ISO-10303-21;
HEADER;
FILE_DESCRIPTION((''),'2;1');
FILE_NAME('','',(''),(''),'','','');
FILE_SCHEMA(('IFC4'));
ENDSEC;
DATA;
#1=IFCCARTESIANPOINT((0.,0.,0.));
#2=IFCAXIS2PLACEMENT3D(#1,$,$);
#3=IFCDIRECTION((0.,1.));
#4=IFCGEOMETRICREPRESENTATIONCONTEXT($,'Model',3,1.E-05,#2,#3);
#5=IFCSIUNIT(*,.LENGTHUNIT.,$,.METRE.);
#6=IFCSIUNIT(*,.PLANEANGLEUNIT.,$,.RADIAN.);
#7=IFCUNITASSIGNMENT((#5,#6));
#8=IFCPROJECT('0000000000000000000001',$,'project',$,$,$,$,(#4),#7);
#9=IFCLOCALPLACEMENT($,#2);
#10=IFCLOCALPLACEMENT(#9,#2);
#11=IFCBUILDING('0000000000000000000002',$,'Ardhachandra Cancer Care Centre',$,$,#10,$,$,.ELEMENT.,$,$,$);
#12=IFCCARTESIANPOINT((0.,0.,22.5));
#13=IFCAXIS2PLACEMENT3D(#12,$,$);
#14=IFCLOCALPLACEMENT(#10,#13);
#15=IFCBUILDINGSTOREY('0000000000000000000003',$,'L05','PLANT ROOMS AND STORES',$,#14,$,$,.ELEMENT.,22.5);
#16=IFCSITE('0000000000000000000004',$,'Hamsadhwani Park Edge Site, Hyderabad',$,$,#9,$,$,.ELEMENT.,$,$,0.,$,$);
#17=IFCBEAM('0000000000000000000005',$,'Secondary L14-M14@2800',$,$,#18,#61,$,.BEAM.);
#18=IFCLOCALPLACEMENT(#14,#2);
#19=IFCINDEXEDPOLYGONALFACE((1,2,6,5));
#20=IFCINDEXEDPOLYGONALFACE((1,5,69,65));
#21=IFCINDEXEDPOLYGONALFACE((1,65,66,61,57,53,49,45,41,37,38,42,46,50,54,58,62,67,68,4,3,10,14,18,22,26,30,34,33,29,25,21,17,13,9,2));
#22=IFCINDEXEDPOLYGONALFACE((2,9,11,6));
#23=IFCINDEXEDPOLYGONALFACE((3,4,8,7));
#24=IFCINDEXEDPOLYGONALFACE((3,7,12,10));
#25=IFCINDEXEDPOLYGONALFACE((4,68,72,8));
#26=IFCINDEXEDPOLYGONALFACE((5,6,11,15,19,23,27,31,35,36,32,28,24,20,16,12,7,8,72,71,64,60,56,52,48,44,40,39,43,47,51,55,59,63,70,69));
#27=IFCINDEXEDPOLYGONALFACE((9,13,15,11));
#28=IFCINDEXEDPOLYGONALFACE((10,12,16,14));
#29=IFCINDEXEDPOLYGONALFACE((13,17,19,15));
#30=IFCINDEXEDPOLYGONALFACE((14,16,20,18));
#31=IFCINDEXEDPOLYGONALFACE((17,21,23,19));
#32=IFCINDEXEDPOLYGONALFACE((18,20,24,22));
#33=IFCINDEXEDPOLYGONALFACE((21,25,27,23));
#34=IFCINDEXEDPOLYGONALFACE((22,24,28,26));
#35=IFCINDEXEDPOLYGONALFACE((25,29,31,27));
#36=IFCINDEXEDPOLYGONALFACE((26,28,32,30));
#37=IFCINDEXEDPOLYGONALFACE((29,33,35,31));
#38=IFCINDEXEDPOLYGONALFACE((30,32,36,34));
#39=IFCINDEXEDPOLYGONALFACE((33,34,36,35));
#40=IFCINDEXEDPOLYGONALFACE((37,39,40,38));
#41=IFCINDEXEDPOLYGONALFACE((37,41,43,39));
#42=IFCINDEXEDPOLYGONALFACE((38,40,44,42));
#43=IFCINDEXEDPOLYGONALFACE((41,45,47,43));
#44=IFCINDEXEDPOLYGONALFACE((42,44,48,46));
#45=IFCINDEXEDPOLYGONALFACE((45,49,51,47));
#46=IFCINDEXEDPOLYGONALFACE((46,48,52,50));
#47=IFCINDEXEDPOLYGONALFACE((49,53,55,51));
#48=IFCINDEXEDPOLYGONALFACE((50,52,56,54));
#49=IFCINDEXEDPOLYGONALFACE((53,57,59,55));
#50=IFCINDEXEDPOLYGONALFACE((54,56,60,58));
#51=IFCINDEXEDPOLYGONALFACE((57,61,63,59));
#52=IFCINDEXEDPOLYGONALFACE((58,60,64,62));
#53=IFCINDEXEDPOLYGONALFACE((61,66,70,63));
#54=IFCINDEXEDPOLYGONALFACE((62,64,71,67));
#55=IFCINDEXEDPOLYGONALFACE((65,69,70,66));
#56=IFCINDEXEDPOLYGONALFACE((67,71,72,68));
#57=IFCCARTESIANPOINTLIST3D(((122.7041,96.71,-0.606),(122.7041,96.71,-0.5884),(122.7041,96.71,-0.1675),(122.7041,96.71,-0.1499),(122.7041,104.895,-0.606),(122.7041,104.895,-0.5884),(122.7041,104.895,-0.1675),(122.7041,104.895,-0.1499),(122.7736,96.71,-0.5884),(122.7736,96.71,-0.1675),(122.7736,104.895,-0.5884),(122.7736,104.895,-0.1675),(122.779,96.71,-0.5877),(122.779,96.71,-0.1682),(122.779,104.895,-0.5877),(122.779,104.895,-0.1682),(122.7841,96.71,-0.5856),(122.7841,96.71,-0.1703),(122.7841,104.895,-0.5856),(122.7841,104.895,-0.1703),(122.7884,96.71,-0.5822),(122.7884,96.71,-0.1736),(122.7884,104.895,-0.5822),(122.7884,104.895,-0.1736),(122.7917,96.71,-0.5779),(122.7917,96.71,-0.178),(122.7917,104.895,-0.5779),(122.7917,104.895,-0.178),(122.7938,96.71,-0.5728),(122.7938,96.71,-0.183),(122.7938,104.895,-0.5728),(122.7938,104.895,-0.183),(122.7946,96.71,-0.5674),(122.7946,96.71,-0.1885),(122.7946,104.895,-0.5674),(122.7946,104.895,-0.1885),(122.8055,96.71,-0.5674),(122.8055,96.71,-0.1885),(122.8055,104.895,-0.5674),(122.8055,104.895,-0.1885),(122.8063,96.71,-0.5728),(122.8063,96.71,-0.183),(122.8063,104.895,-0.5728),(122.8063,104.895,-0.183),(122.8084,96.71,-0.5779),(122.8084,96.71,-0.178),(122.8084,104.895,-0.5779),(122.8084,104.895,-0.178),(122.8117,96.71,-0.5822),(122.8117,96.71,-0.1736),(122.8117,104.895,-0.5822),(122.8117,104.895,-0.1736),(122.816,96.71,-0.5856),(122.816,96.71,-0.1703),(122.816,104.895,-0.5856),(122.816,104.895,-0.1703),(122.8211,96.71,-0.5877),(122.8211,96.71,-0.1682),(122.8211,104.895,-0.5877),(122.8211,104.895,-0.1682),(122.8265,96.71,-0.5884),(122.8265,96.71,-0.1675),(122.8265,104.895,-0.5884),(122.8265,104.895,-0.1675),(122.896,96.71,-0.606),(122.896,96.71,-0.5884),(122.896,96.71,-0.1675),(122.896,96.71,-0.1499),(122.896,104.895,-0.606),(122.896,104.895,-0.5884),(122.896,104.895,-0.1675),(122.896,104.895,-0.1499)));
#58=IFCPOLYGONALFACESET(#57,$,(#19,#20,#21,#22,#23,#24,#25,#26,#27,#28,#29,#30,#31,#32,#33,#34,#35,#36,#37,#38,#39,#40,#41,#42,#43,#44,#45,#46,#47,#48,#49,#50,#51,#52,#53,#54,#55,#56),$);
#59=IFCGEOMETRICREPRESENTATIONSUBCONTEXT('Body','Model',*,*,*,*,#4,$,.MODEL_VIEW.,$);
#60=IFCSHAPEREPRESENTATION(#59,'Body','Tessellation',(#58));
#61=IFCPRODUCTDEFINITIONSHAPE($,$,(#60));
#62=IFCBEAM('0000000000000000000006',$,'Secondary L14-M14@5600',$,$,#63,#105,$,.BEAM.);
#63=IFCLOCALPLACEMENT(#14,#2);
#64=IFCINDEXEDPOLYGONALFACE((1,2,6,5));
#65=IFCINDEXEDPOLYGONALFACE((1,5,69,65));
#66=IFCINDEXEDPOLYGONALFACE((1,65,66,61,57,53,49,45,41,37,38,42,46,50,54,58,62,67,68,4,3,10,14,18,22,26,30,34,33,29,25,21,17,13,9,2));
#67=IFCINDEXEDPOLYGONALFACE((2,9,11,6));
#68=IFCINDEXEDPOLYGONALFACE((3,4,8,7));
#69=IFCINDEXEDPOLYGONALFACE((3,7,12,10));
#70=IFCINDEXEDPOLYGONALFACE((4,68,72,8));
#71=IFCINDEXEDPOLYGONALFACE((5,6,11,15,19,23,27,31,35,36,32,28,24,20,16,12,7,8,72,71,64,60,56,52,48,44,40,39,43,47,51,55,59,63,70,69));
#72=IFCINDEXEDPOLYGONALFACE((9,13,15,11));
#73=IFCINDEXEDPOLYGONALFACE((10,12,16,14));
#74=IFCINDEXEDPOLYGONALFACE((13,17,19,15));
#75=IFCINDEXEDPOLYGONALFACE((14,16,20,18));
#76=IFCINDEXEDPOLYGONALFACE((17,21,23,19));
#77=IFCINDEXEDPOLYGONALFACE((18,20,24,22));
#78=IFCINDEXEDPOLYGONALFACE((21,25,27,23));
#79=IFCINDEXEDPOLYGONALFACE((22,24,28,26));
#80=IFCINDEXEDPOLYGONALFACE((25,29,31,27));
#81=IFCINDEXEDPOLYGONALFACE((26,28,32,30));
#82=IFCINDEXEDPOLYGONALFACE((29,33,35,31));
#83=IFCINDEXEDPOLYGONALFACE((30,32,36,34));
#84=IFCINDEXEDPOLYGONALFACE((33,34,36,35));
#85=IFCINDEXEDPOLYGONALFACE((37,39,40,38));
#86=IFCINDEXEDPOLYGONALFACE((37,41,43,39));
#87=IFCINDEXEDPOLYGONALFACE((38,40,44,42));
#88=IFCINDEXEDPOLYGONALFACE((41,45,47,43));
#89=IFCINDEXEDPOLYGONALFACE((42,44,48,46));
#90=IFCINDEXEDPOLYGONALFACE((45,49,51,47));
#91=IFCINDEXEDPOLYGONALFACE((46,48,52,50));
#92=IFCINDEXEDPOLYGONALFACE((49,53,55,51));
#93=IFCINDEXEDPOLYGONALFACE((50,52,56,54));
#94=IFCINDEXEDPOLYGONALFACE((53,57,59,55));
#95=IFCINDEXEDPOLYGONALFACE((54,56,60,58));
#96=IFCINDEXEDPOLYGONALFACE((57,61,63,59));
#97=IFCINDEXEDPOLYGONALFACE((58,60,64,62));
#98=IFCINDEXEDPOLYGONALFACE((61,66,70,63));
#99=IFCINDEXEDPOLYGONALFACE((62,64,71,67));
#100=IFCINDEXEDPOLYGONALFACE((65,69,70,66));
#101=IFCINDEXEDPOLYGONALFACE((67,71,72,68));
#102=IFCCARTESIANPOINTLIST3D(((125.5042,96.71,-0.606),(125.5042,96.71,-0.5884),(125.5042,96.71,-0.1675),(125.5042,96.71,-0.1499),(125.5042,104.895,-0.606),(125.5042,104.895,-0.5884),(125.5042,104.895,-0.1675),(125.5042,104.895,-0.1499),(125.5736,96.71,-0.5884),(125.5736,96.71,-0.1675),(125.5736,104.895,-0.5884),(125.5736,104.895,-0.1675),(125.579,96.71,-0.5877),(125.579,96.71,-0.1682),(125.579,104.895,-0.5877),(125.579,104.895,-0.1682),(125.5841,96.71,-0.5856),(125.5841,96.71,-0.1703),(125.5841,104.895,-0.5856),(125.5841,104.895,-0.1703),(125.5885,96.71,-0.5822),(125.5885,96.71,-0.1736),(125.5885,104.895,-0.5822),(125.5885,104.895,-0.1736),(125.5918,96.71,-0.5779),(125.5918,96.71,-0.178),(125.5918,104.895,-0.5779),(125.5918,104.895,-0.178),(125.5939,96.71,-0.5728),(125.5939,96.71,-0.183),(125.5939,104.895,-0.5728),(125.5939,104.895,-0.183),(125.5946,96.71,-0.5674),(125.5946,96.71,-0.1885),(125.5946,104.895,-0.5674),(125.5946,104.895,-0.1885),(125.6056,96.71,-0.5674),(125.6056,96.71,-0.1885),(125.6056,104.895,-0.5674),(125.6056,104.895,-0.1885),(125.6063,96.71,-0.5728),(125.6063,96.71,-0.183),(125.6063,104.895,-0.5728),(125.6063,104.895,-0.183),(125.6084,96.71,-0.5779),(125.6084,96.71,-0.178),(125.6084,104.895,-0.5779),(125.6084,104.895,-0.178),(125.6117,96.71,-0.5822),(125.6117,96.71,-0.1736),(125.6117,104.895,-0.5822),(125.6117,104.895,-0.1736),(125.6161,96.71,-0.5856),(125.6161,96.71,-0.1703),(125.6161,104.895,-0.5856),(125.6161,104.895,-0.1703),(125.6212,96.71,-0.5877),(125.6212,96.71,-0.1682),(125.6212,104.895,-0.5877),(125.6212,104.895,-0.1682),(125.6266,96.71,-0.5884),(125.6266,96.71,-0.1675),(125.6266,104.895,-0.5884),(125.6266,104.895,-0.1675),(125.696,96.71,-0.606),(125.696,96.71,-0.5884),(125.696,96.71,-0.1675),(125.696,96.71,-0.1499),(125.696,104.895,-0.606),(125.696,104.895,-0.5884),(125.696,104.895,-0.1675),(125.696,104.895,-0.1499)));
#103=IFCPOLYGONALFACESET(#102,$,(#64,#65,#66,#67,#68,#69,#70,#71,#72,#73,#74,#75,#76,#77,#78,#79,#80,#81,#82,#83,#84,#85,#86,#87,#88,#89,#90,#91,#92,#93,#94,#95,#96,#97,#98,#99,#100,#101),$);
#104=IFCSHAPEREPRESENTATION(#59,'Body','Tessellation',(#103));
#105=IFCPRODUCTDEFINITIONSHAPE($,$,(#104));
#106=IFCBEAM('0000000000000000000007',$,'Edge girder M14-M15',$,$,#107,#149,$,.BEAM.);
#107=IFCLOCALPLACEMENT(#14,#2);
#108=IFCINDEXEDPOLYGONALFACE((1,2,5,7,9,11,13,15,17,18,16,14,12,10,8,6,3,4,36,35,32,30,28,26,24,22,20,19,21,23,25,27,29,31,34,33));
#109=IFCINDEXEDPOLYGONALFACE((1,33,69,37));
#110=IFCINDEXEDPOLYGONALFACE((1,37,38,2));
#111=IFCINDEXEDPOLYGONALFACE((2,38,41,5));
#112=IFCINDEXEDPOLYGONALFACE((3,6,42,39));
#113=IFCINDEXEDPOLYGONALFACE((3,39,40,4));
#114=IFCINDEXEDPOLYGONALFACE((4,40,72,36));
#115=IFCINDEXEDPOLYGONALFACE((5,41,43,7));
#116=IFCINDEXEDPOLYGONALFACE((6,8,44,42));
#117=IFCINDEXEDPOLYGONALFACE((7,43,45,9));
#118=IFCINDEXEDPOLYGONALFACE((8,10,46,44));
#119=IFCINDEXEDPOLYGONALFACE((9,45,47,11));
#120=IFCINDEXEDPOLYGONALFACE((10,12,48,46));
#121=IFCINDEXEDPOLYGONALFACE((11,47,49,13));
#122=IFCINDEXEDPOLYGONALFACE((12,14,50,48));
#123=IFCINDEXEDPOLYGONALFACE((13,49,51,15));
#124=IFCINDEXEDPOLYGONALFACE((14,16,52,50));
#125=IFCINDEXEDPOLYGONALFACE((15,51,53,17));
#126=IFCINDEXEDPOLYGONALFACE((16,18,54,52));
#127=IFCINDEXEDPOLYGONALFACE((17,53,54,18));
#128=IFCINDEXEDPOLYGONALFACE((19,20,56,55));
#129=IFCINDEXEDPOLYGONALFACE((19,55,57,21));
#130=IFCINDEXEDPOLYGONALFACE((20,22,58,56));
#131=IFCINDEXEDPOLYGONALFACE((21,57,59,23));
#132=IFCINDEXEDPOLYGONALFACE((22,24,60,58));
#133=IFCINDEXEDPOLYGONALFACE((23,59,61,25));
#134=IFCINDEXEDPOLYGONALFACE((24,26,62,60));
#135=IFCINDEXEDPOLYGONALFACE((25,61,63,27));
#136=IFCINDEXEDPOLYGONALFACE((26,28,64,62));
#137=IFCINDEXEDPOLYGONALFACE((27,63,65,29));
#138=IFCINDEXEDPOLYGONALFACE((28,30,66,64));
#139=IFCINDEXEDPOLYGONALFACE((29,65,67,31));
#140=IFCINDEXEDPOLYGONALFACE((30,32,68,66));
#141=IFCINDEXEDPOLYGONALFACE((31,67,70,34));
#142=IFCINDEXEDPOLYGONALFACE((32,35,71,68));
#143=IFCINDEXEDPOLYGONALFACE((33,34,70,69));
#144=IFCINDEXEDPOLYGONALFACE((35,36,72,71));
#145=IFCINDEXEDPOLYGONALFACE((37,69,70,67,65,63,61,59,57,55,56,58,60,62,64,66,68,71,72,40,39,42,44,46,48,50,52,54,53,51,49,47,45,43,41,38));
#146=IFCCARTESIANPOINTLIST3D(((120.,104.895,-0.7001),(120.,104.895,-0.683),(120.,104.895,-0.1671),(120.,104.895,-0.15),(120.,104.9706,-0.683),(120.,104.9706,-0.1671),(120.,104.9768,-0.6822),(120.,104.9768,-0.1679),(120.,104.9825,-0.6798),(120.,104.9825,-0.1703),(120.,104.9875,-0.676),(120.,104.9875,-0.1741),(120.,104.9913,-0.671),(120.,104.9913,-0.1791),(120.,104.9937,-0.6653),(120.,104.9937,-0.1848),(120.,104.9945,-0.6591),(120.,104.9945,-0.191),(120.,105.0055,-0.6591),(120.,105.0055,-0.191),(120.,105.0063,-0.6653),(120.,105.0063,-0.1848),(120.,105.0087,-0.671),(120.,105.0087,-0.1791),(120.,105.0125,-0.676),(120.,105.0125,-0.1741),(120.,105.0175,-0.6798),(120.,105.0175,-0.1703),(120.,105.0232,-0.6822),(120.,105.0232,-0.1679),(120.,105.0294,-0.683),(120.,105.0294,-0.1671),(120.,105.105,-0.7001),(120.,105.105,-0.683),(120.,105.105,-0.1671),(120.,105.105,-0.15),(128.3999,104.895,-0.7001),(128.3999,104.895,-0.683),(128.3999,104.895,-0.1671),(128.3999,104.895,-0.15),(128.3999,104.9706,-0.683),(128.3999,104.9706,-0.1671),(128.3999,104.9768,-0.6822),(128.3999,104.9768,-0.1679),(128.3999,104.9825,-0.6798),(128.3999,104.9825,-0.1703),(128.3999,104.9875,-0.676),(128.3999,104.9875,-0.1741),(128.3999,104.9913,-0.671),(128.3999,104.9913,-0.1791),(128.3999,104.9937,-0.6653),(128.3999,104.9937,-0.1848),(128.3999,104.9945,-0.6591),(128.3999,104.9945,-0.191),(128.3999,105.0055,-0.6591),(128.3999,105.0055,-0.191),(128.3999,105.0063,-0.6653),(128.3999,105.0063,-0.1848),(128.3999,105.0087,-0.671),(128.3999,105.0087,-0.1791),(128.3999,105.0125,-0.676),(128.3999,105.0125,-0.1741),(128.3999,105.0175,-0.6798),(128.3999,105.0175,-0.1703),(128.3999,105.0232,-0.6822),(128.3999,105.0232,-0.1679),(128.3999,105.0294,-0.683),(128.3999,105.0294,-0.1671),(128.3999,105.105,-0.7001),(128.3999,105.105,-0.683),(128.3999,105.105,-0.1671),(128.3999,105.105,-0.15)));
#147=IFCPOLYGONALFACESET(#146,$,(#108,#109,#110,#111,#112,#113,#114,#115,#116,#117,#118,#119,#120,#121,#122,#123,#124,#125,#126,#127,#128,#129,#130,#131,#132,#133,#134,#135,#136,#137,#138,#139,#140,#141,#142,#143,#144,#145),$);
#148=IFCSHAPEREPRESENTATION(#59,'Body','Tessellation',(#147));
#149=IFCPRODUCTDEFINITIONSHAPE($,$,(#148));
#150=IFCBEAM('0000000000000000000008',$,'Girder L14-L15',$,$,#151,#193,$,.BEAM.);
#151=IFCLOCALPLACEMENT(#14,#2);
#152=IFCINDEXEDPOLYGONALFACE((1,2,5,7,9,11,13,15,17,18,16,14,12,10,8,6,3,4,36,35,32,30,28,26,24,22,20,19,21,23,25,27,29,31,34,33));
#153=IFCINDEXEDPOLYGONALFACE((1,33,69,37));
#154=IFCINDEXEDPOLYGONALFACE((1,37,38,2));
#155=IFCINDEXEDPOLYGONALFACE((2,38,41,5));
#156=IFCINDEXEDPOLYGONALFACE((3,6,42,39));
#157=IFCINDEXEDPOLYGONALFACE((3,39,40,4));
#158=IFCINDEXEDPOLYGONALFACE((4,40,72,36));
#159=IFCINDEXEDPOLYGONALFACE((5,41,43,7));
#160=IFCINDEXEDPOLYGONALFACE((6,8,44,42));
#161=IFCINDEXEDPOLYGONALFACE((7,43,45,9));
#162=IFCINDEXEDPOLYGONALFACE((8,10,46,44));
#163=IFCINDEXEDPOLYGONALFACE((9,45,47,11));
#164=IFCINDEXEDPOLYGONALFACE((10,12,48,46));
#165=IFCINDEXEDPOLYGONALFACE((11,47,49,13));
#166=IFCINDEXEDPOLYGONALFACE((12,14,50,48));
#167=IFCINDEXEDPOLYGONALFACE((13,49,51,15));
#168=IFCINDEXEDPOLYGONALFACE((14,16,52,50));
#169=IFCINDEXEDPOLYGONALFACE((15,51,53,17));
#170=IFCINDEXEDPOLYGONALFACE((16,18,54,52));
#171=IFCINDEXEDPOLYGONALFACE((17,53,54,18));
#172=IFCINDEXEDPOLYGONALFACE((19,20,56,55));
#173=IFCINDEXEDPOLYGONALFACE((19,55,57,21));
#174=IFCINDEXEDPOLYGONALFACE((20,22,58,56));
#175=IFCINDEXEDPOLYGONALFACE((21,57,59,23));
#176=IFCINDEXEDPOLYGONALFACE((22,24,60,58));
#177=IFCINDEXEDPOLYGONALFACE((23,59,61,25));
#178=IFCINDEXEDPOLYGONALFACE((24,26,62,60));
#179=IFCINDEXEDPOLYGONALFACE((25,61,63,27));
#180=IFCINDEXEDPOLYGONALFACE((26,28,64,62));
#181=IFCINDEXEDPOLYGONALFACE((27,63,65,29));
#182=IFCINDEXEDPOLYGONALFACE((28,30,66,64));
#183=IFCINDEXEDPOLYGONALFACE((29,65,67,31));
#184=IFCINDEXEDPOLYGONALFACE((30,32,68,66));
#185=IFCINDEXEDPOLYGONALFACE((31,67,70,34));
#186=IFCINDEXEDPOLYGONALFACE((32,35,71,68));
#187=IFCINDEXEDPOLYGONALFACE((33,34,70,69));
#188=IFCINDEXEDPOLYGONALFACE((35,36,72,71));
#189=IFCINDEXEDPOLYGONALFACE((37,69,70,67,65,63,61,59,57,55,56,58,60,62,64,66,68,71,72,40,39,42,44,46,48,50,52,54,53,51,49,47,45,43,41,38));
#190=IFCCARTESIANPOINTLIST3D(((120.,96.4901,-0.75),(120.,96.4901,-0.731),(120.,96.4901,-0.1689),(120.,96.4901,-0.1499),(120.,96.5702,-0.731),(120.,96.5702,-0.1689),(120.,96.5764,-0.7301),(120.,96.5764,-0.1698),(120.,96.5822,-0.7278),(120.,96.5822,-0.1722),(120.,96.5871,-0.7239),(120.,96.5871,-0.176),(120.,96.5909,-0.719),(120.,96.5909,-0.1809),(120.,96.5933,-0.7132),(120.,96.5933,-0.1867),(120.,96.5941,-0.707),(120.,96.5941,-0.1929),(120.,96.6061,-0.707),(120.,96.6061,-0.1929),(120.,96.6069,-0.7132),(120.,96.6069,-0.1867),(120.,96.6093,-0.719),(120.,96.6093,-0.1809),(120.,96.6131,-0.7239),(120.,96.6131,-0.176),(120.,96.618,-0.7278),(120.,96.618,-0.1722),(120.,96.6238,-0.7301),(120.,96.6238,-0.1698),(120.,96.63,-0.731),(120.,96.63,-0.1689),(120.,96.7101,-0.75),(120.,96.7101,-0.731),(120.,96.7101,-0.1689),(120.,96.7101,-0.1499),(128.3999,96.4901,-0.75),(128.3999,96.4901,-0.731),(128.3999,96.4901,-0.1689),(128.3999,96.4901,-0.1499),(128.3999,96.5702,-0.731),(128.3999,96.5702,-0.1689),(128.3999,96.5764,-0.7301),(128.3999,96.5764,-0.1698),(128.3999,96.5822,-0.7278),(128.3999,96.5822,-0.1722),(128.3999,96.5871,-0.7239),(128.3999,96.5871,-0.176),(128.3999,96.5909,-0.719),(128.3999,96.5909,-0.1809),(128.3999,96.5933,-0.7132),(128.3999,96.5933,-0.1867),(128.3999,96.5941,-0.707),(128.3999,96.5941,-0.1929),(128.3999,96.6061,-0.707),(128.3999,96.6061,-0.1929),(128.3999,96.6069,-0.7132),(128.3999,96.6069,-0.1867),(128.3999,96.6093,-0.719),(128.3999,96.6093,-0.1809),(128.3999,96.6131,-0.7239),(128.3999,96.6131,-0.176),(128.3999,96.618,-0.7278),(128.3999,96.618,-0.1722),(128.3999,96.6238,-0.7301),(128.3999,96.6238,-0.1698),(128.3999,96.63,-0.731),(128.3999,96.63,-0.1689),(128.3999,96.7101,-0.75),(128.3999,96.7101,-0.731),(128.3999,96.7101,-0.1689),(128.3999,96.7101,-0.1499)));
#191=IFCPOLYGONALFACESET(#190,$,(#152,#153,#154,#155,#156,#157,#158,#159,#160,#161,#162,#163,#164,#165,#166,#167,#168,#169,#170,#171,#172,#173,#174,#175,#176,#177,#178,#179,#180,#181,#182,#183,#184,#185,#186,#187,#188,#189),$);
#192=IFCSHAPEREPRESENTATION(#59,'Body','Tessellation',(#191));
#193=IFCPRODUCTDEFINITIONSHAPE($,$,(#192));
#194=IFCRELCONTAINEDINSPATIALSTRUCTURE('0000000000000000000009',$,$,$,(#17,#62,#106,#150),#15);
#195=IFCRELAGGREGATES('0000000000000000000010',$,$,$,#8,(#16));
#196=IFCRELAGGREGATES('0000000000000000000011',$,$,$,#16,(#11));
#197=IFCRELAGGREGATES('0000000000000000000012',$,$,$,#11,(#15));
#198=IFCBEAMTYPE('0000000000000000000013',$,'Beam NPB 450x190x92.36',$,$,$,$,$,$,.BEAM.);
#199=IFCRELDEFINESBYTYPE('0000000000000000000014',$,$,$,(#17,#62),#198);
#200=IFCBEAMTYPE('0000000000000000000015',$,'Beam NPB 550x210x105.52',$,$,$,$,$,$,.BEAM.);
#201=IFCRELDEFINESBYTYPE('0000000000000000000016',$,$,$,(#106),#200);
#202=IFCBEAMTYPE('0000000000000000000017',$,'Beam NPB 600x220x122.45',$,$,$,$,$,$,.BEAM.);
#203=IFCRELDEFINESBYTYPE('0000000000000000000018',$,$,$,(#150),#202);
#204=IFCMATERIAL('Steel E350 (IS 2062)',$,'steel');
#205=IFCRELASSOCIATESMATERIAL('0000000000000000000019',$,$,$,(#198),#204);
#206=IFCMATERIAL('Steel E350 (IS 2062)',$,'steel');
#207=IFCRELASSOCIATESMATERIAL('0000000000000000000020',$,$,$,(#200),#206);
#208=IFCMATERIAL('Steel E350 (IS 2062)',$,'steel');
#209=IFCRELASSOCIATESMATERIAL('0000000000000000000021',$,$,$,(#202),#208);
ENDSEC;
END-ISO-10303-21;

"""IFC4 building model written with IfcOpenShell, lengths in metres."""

from ifc_helpers import new_model, si_unit, direction, frame, origin, origin_2d, place, context, subcontext, project, spatial, i_section, extrude, material, material_profile, profile_set, type_object, element, save


model = new_model("IFC4")

# Units and contexts
model_context = context("Model", 3, precision=1e-05, world=origin(), true_north=direction((0.0, 1.0)))
body_context = subcontext(model_context, "Body", "Model", "MODEL_VIEW")
ifc_project = project(units=[si_unit("LENGTHUNIT", "METRE"), si_unit("PLANEANGLEUNIT", "RADIAN")], contexts=[model_context])

# Site, building, storey
site_placement = place(None, origin())
site = spatial("IfcSite", under=ifc_project, at=site_placement, Name="Hamsadhwani Park Edge Site, Hyderabad", CompositionType="ELEMENT", RefElevation=0.0)
building_placement = place(site_placement, origin())
building = spatial("IfcBuilding", under=site, at=building_placement, Name="Ardhachandra Cancer Care Centre", CompositionType="ELEMENT")
storey_placement = place(building_placement, frame((0.0, 0.0, 22.5)))
storey = spatial("IfcBuildingStorey", under=building, at=storey_placement, Name="L05", Description="PLANT ROOMS AND STORES", CompositionType="ELEMENT", Elevation=22.5)

# Beams
ifc_material_1 = material(Name="Steel E350 (IS 2062)", Category="steel")
ifc_material_profile_1 = material_profile(ifc_material_1, i_section(OverallWidth=0.1919, OverallDepth=0.4561, WebThickness=0.011, FlangeThickness=0.0176, FilletRadius=0.021, at=origin_2d()), Name="NPB 450x190x92.36")
ifc_profile_set_1 = profile_set([ifc_material_profile_1], Name="Steel E350 (IS 2062)")
beam_type_1 = type_object("IfcBeamType", Name="Beam NPB 450x190x92.36", PredefinedType="BEAM", material=ifc_profile_set_1)
for number, where, z_axis, x_axis, name in (
    (1, (122.8, 96.71, -0.3779), (0.0, 1.0, 0.0), (-1.0, 0.0, 0.0), "Secondary L14-M14@2800"),
    (2, (125.6001, 96.71, -0.3779), (0.0, 1.0, 0.0), (-1.0, 0.0, 0.0), "Secondary L14-M14@5600"),
):
    element("IfcBeam", number, at=place(storey_placement, frame(where, z_axis=z_axis, x_axis=x_axis)), inside=storey, type_object=beam_type_1, Name=name, PredefinedType="BEAM", context=body_context, shape_type="SweptSolid", body=[
        extrude(i_section(OverallWidth=0.1919, OverallDepth=0.4561, WebThickness=0.011, FlangeThickness=0.0176, FilletRadius=0.021, at=origin_2d()), origin(), (0.0, 0.0, 1.0), 8.1851),
    ])
ifc_material_2 = material(Name="Steel E350 (IS 2062)", Category="steel")
ifc_material_profile_2 = material_profile(ifc_material_2, i_section(OverallWidth=0.21, OverallDepth=0.55, WebThickness=0.011, FlangeThickness=0.0171, FilletRadius=0.0239, at=origin_2d()), Name="NPB 550x210x105.52")
ifc_profile_set_2 = profile_set([ifc_material_profile_2], Name="Steel E350 (IS 2062)")
beam_type_2 = type_object("IfcBeamType", Name="Beam NPB 550x210x105.52", PredefinedType="BEAM", material=ifc_profile_set_2)
beam_1_placement = place(storey_placement, frame((120.0, 105.0, -0.425), z_axis=(1.0, 0.0, 0.0), x_axis=(0.0, 1.0, 0.0)))
element("IfcBeam", 3, at=beam_1_placement, inside=storey, type_object=beam_type_2, Name="Edge girder M14-M15", PredefinedType="BEAM", context=body_context, shape_type="SweptSolid", body=[
    extrude(i_section(OverallWidth=0.21, OverallDepth=0.55, WebThickness=0.011, FlangeThickness=0.0171, FilletRadius=0.0239, at=origin_2d()), origin(), (0.0, 0.0, 1.0), 8.3999),
])
ifc_material_3 = material(Name="Steel E350 (IS 2062)", Category="steel")
ifc_material_profile_3 = material_profile(ifc_material_3, i_section(OverallWidth=0.22, OverallDepth=0.6001, WebThickness=0.012, FlangeThickness=0.019, FilletRadius=0.0239, at=origin_2d()), Name="NPB 600x220x122.45")
ifc_profile_set_3 = profile_set([ifc_material_profile_3], Name="Steel E350 (IS 2062)")
beam_type_3 = type_object("IfcBeamType", Name="Beam NPB 600x220x122.45", PredefinedType="BEAM", material=ifc_profile_set_3)
beam_2_placement = place(storey_placement, frame((120.0, 96.6001, -0.45), z_axis=(1.0, 0.0, 0.0), x_axis=(0.0, 1.0, 0.0)))
element("IfcBeam", 4, at=beam_2_placement, inside=storey, type_object=beam_type_3, Name="Girder L14-L15", PredefinedType="BEAM", context=body_context, shape_type="SweptSolid", body=[
    extrude(i_section(OverallWidth=0.22, OverallDepth=0.6001, WebThickness=0.012, FlangeThickness=0.019, FilletRadius=0.0239, at=origin_2d()), origin(), (0.0, 0.0, 1.0), 8.3999),
])

save(model, "model.ifc")
